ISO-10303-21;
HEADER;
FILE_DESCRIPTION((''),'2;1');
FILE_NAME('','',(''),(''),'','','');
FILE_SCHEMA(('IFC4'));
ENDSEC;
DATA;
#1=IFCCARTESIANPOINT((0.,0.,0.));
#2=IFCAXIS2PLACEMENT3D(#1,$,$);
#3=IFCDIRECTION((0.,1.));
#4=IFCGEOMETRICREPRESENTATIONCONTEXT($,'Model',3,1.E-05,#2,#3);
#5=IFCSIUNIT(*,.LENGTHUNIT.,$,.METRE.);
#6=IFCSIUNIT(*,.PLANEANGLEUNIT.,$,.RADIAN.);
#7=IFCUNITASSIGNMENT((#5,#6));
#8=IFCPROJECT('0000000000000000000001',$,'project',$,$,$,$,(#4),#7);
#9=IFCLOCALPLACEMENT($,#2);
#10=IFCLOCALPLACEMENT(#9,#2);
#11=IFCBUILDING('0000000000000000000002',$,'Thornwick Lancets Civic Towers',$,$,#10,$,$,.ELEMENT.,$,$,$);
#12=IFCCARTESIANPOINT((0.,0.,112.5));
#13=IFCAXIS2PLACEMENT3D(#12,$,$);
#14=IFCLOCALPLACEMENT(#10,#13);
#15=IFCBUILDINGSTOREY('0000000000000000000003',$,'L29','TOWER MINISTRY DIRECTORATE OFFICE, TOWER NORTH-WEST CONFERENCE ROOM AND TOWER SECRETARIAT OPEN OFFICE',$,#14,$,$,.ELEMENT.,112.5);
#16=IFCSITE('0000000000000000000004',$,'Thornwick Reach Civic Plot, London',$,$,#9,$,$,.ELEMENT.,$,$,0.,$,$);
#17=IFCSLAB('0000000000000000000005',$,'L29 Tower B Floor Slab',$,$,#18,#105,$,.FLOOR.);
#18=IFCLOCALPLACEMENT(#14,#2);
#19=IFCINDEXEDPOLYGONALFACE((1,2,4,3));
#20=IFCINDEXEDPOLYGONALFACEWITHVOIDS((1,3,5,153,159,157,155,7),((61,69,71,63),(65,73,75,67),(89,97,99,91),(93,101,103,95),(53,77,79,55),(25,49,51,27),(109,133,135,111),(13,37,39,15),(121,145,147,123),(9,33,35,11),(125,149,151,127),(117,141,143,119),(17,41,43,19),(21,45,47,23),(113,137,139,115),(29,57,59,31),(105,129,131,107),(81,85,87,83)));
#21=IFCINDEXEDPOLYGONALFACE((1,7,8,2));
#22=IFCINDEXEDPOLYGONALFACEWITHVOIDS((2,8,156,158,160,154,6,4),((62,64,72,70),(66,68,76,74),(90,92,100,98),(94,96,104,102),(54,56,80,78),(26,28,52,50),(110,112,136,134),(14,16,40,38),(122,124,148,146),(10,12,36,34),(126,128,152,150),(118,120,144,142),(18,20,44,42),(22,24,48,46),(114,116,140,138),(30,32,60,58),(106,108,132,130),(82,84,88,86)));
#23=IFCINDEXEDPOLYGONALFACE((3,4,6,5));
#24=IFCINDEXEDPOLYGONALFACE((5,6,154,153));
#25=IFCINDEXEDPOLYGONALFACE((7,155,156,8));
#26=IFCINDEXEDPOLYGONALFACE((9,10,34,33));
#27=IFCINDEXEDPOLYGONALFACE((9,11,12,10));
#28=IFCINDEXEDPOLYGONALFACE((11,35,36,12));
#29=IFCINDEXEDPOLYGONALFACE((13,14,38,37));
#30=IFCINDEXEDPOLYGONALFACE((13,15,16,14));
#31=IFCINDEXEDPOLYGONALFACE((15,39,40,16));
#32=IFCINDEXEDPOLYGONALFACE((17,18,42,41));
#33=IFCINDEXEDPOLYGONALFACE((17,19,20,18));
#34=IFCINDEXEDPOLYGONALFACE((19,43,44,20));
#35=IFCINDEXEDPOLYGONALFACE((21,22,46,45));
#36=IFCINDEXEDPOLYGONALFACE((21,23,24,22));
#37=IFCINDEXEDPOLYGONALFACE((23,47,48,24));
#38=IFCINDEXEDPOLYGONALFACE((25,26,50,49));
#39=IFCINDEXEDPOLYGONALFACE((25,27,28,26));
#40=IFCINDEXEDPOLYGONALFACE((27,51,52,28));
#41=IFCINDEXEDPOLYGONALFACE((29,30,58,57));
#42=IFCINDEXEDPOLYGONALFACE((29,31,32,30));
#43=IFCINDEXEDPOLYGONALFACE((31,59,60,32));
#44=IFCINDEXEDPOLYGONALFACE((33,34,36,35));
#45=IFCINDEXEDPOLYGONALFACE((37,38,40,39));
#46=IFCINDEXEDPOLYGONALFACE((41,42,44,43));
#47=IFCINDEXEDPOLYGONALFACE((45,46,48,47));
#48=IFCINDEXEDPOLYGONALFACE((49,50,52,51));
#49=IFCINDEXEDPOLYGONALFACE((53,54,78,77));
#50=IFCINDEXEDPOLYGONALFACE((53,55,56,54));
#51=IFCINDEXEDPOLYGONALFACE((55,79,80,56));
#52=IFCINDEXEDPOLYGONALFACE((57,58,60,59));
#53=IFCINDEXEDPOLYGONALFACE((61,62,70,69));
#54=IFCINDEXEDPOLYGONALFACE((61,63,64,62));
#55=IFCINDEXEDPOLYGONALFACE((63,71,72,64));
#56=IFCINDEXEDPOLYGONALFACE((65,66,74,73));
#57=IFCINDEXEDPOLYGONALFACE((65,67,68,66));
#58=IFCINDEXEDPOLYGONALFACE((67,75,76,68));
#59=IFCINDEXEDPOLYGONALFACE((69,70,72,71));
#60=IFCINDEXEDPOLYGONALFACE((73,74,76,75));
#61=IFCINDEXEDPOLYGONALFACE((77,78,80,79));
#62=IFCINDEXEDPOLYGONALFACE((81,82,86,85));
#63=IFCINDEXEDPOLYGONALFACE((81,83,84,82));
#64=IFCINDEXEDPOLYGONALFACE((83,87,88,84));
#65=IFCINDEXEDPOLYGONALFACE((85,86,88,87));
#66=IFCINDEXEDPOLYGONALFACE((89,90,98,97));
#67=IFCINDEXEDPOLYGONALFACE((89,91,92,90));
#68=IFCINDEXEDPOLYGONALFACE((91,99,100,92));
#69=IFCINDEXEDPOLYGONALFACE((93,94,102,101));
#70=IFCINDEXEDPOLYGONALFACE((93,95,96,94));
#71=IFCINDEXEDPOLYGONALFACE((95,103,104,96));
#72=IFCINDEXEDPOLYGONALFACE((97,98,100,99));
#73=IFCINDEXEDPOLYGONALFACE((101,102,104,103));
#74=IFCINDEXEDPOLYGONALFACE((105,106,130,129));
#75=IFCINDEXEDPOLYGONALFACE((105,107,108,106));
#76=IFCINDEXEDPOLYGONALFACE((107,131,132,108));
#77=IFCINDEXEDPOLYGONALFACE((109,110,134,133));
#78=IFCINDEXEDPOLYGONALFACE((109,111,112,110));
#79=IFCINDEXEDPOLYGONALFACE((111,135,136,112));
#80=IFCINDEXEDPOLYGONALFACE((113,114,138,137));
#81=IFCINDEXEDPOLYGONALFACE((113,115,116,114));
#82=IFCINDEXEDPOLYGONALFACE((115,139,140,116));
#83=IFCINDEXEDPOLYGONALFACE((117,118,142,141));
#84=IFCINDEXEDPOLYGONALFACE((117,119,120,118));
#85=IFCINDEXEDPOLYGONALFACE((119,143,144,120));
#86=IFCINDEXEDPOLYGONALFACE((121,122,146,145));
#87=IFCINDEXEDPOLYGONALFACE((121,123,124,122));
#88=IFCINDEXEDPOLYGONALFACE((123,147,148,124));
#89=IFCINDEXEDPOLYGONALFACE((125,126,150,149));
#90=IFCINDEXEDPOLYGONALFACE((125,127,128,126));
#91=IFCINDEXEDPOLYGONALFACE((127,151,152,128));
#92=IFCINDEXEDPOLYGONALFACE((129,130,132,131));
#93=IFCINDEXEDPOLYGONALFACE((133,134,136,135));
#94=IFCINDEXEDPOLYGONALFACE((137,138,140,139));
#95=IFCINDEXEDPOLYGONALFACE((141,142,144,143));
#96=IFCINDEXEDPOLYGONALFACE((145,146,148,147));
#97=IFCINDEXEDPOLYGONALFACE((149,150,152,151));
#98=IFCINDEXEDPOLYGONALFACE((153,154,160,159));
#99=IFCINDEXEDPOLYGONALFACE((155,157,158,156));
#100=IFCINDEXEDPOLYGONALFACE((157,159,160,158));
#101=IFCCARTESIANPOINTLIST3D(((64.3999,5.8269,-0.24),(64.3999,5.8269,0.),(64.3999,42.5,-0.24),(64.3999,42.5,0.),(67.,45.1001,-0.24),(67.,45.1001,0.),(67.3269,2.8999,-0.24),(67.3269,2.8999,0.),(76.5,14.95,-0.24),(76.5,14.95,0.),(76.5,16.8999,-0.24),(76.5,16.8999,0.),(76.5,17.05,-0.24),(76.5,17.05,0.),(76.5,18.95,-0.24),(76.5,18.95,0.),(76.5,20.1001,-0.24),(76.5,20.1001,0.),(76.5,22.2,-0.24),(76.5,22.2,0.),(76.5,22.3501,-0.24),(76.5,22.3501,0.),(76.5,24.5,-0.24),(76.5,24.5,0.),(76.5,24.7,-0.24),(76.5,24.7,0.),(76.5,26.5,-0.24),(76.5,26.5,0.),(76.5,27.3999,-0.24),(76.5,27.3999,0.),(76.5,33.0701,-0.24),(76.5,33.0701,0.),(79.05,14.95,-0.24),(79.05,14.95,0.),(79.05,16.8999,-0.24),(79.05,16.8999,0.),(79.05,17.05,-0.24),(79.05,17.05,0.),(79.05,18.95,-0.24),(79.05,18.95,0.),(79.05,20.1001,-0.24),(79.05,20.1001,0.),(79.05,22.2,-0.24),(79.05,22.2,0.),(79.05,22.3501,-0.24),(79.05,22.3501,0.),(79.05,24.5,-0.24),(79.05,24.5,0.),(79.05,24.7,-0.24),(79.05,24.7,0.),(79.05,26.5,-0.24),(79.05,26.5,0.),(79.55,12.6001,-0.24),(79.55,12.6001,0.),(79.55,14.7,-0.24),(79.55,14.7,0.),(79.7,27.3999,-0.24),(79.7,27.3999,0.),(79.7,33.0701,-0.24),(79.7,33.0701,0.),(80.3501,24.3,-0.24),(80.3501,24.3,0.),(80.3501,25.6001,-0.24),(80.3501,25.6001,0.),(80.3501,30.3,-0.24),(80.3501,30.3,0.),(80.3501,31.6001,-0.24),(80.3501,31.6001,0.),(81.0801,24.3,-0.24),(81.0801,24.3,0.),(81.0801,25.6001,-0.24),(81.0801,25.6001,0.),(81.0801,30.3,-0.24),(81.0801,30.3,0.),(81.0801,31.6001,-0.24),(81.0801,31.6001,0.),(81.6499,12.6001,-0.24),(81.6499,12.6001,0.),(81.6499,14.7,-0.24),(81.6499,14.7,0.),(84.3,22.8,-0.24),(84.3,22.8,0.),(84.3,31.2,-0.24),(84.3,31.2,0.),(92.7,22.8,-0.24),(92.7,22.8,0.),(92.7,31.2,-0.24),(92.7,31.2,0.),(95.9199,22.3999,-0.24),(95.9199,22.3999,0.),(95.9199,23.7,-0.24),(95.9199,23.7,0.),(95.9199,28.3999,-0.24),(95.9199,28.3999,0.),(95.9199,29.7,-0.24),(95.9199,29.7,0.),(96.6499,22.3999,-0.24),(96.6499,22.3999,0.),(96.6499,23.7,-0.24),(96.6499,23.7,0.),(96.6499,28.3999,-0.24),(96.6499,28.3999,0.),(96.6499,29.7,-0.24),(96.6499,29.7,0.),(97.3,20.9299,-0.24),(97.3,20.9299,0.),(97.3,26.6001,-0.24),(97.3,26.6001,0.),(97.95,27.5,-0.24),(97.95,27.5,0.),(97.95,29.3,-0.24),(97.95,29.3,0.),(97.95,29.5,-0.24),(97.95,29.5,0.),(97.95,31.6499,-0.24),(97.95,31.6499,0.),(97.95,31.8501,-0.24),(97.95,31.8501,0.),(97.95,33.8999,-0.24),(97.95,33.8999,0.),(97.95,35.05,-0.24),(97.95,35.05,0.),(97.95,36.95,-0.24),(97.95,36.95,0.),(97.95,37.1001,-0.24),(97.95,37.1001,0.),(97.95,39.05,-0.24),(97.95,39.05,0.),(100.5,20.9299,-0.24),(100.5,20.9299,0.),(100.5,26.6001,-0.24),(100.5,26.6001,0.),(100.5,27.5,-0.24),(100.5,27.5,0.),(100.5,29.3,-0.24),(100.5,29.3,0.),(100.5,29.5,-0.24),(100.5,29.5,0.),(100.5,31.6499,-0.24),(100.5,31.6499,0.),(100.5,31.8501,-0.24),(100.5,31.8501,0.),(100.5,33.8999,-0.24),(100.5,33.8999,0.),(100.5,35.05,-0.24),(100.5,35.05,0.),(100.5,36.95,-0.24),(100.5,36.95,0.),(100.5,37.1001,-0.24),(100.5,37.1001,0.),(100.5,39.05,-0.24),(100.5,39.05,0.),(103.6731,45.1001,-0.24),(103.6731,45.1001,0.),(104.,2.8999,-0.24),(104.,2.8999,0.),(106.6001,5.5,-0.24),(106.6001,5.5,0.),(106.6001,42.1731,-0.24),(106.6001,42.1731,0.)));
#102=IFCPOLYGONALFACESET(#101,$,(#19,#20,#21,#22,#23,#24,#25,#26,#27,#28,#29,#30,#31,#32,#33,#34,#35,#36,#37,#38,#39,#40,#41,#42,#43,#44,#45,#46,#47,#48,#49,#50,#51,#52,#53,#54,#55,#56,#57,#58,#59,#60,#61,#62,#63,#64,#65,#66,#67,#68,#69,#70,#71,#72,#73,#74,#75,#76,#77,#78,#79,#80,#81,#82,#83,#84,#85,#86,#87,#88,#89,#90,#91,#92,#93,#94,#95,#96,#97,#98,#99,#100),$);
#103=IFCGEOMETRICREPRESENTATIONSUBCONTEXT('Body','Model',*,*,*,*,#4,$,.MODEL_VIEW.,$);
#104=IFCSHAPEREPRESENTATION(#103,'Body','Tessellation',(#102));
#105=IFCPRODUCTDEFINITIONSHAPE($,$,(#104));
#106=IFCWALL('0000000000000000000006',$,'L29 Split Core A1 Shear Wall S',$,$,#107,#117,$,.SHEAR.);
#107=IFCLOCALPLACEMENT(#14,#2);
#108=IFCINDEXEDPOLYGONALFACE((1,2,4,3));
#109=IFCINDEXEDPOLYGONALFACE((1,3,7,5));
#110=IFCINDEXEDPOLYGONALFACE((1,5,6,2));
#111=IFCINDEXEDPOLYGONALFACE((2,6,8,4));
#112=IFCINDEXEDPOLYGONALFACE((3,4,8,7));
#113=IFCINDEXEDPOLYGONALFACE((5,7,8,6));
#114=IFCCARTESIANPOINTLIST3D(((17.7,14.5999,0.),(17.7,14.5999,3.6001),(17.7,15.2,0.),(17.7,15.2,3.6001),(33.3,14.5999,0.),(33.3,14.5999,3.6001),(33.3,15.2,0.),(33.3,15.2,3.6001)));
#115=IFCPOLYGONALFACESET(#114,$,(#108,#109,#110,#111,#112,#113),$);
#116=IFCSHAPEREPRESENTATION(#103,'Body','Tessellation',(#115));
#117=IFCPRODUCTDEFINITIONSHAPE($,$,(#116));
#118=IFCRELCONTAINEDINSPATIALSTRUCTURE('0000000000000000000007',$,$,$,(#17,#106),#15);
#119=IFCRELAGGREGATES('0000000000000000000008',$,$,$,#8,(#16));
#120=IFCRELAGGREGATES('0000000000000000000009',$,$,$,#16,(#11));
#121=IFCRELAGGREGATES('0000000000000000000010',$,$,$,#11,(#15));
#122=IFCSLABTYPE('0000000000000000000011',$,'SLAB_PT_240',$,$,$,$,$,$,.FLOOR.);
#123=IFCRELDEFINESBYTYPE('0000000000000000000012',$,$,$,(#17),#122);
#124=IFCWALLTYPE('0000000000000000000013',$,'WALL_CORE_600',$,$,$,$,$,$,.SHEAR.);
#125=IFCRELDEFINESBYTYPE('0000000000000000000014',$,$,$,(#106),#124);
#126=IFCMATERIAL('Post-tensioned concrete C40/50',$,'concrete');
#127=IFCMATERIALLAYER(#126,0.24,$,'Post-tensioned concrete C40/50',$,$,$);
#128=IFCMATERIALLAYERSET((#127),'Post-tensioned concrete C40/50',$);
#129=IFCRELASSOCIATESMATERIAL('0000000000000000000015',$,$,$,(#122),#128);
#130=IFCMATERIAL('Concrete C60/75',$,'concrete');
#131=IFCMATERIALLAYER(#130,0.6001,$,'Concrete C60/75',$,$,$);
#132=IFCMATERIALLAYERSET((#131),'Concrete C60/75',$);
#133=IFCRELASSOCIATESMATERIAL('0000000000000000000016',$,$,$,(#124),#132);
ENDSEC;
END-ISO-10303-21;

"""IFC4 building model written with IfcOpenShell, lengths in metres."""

from ifc_helpers import new_model, si_unit, direction, frame, frame_2d, origin, place, context, subcontext, project, spatial, polyline, rectangle, outline, extrude, material, layer, layer_set, type_object, element, save


model = new_model("IFC4")

# Units and contexts
model_context = context("Model", 3, precision=1e-05, world=origin(), true_north=direction((0.0, 1.0)))
body_context = subcontext(model_context, "Body", "Model", "MODEL_VIEW")
ifc_project = project(units=[si_unit("LENGTHUNIT", "METRE"), si_unit("PLANEANGLEUNIT", "RADIAN")], contexts=[model_context])

# Site, building, storey
site_placement = place(None, origin())
site = spatial("IfcSite", under=ifc_project, at=site_placement, Name="Thornwick Reach Civic Plot, London", CompositionType="ELEMENT", RefElevation=0.0)
building_placement = place(site_placement, origin())
building = spatial("IfcBuilding", under=site, at=building_placement, Name="Thornwick Lancets Civic Towers", CompositionType="ELEMENT")
storey_placement = place(building_placement, frame((0.0, 0.0, 112.5)))
storey = spatial("IfcBuildingStorey", under=building, at=storey_placement, Name="L29", Description="TOWER MINISTRY DIRECTORATE OFFICE, TOWER NORTH-WEST CONFERENCE ROOM AND TOWER SECRETARIAT OPEN OFFICE", CompositionType="ELEMENT", Elevation=112.5)

# Shared definitions
ifc_material_1 = material(Name="Concrete C60/75", Category="concrete")

# Shared definitions
ifc_material_2 = material(Name="Post-tensioned concrete C40/50", Category="concrete")

# Slab
ifc_layer_1 = layer(ifc_material_2, 0.24, Name="Post-tensioned concrete C40/50")
ifc_layer_set_1 = layer_set([ifc_layer_1], Name="Post-tensioned concrete C40/50")
slab_type_1 = type_object("IfcSlabType", Name="SLAB_PT_240", PredefinedType="FLOOR", material=ifc_layer_set_1)
slab_1_placement = place(storey_placement, frame((0.0, 0.0, -0.24)))
element("IfcSlab", 1, at=slab_1_placement, inside=storey, type_object=slab_type_1, Name="L29 Tower B Floor Slab", PredefinedType="FLOOR", context=body_context, shape_type="SweptSolid", body=[
    extrude(outline(polyline([(67.3269, 2.8999), (104.0, 2.8999), (106.6001, 5.5), (106.6001, 42.1731), (103.6731, 45.1001), (67.0, 45.1001), (64.3999, 42.5), (64.3999, 5.8269), (67.3269, 2.8999)]), holes=[polyline([(84.3, 22.8), (92.7, 22.8), (92.7, 31.2), (84.3, 31.2), (84.3, 22.8)]), polyline([(100.5, 20.9299), (100.5, 26.6001), (97.3, 26.6001), (97.3, 20.9299), (100.5, 20.9299)]), polyline([(76.5, 33.0701), (76.5, 27.3999), (79.7, 27.3999), (79.7, 33.0701), (76.5, 33.0701)]), polyline([(97.95, 27.5), (100.5, 27.5), (100.5, 29.3), (97.95, 29.3), (97.95, 27.5)]), polyline([(97.95, 29.5), (100.5, 29.5), (100.5, 31.6499), (97.95, 31.6499), (97.95, 29.5)]), polyline([(97.95, 31.8501), (100.5, 31.8501), (100.5, 33.8999), (97.95, 33.8999), (97.95, 31.8501)]), polyline([(97.95, 35.05), (100.5, 35.05), (100.5, 36.95), (97.95, 36.95), (97.95, 35.05)]), polyline([(97.95, 37.1001), (100.5, 37.1001), (100.5, 39.05), (97.95, 39.05), (97.95, 37.1001)]), polyline([(76.5, 24.7), (79.05, 24.7), (79.05, 26.5), (76.5, 26.5), (76.5, 24.7)]), polyline([(76.5, 22.3501), (79.05, 22.3501), (79.05, 24.5), (76.5, 24.5), (76.5, 22.3501)]), polyline([(76.5, 20.1001), (79.05, 20.1001), (79.05, 22.2), (76.5, 22.2), (76.5, 20.1001)]), polyline([(76.5, 17.05), (79.05, 17.05), (79.05, 18.95), (76.5, 18.95), (76.5, 17.05)]), polyline([(76.5, 14.95), (79.05, 14.95), (79.05, 16.8999), (76.5, 16.8999), (76.5, 14.95)]), polyline([(79.55, 12.6001), (81.6499, 12.6001), (81.6499, 14.7), (79.55, 14.7), (79.55, 12.6001)]), polyline([(95.9199, 28.3999), (96.6499, 28.3999), (96.6499, 29.7), (95.9199, 29.7), (95.9199, 28.3999)]), polyline([(95.9199, 22.3999), (96.6499, 22.3999), (96.6499, 23.7), (95.9199, 23.7), (95.9199, 22.3999)]), polyline([(80.3501, 24.3), (81.0801, 24.3), (81.0801, 25.6001), (80.3501, 25.6001), (80.3501, 24.3)]), polyline([(80.3501, 30.3), (81.0801, 30.3), (81.0801, 31.6001), (80.3501, 31.6001), (80.3501, 30.3)])]), origin(), (0.0, 0.0, 1.0), 0.24),
])

# Wall
ifc_layer_2 = layer(ifc_material_1, 0.6001, Name="Concrete C60/75")
ifc_layer_set_2 = layer_set([ifc_layer_2], Name="Concrete C60/75")
wall_type_1 = type_object("IfcWallType", Name="WALL_CORE_600", PredefinedType="SHEAR", material=ifc_layer_set_2)
wall_1_placement = place(storey_placement, frame((17.7, 14.8999, 0.0), z_axis=(0.0, 0.0, 1.0), x_axis=(1.0, 0.0, 0.0)))
element("IfcWall", 2, at=wall_1_placement, inside=storey, type_object=wall_type_1, Name="L29 Split Core A1 Shear Wall S", PredefinedType="SHEAR", context=body_context, shape_type="SweptSolid", body=[
    extrude(rectangle(XDim=15.6001, YDim=0.6001, at=frame_2d((7.8, 0.0))), origin(), (0.0, 0.0, 1.0), 3.6001),
])

save(model, "model.ifc")
